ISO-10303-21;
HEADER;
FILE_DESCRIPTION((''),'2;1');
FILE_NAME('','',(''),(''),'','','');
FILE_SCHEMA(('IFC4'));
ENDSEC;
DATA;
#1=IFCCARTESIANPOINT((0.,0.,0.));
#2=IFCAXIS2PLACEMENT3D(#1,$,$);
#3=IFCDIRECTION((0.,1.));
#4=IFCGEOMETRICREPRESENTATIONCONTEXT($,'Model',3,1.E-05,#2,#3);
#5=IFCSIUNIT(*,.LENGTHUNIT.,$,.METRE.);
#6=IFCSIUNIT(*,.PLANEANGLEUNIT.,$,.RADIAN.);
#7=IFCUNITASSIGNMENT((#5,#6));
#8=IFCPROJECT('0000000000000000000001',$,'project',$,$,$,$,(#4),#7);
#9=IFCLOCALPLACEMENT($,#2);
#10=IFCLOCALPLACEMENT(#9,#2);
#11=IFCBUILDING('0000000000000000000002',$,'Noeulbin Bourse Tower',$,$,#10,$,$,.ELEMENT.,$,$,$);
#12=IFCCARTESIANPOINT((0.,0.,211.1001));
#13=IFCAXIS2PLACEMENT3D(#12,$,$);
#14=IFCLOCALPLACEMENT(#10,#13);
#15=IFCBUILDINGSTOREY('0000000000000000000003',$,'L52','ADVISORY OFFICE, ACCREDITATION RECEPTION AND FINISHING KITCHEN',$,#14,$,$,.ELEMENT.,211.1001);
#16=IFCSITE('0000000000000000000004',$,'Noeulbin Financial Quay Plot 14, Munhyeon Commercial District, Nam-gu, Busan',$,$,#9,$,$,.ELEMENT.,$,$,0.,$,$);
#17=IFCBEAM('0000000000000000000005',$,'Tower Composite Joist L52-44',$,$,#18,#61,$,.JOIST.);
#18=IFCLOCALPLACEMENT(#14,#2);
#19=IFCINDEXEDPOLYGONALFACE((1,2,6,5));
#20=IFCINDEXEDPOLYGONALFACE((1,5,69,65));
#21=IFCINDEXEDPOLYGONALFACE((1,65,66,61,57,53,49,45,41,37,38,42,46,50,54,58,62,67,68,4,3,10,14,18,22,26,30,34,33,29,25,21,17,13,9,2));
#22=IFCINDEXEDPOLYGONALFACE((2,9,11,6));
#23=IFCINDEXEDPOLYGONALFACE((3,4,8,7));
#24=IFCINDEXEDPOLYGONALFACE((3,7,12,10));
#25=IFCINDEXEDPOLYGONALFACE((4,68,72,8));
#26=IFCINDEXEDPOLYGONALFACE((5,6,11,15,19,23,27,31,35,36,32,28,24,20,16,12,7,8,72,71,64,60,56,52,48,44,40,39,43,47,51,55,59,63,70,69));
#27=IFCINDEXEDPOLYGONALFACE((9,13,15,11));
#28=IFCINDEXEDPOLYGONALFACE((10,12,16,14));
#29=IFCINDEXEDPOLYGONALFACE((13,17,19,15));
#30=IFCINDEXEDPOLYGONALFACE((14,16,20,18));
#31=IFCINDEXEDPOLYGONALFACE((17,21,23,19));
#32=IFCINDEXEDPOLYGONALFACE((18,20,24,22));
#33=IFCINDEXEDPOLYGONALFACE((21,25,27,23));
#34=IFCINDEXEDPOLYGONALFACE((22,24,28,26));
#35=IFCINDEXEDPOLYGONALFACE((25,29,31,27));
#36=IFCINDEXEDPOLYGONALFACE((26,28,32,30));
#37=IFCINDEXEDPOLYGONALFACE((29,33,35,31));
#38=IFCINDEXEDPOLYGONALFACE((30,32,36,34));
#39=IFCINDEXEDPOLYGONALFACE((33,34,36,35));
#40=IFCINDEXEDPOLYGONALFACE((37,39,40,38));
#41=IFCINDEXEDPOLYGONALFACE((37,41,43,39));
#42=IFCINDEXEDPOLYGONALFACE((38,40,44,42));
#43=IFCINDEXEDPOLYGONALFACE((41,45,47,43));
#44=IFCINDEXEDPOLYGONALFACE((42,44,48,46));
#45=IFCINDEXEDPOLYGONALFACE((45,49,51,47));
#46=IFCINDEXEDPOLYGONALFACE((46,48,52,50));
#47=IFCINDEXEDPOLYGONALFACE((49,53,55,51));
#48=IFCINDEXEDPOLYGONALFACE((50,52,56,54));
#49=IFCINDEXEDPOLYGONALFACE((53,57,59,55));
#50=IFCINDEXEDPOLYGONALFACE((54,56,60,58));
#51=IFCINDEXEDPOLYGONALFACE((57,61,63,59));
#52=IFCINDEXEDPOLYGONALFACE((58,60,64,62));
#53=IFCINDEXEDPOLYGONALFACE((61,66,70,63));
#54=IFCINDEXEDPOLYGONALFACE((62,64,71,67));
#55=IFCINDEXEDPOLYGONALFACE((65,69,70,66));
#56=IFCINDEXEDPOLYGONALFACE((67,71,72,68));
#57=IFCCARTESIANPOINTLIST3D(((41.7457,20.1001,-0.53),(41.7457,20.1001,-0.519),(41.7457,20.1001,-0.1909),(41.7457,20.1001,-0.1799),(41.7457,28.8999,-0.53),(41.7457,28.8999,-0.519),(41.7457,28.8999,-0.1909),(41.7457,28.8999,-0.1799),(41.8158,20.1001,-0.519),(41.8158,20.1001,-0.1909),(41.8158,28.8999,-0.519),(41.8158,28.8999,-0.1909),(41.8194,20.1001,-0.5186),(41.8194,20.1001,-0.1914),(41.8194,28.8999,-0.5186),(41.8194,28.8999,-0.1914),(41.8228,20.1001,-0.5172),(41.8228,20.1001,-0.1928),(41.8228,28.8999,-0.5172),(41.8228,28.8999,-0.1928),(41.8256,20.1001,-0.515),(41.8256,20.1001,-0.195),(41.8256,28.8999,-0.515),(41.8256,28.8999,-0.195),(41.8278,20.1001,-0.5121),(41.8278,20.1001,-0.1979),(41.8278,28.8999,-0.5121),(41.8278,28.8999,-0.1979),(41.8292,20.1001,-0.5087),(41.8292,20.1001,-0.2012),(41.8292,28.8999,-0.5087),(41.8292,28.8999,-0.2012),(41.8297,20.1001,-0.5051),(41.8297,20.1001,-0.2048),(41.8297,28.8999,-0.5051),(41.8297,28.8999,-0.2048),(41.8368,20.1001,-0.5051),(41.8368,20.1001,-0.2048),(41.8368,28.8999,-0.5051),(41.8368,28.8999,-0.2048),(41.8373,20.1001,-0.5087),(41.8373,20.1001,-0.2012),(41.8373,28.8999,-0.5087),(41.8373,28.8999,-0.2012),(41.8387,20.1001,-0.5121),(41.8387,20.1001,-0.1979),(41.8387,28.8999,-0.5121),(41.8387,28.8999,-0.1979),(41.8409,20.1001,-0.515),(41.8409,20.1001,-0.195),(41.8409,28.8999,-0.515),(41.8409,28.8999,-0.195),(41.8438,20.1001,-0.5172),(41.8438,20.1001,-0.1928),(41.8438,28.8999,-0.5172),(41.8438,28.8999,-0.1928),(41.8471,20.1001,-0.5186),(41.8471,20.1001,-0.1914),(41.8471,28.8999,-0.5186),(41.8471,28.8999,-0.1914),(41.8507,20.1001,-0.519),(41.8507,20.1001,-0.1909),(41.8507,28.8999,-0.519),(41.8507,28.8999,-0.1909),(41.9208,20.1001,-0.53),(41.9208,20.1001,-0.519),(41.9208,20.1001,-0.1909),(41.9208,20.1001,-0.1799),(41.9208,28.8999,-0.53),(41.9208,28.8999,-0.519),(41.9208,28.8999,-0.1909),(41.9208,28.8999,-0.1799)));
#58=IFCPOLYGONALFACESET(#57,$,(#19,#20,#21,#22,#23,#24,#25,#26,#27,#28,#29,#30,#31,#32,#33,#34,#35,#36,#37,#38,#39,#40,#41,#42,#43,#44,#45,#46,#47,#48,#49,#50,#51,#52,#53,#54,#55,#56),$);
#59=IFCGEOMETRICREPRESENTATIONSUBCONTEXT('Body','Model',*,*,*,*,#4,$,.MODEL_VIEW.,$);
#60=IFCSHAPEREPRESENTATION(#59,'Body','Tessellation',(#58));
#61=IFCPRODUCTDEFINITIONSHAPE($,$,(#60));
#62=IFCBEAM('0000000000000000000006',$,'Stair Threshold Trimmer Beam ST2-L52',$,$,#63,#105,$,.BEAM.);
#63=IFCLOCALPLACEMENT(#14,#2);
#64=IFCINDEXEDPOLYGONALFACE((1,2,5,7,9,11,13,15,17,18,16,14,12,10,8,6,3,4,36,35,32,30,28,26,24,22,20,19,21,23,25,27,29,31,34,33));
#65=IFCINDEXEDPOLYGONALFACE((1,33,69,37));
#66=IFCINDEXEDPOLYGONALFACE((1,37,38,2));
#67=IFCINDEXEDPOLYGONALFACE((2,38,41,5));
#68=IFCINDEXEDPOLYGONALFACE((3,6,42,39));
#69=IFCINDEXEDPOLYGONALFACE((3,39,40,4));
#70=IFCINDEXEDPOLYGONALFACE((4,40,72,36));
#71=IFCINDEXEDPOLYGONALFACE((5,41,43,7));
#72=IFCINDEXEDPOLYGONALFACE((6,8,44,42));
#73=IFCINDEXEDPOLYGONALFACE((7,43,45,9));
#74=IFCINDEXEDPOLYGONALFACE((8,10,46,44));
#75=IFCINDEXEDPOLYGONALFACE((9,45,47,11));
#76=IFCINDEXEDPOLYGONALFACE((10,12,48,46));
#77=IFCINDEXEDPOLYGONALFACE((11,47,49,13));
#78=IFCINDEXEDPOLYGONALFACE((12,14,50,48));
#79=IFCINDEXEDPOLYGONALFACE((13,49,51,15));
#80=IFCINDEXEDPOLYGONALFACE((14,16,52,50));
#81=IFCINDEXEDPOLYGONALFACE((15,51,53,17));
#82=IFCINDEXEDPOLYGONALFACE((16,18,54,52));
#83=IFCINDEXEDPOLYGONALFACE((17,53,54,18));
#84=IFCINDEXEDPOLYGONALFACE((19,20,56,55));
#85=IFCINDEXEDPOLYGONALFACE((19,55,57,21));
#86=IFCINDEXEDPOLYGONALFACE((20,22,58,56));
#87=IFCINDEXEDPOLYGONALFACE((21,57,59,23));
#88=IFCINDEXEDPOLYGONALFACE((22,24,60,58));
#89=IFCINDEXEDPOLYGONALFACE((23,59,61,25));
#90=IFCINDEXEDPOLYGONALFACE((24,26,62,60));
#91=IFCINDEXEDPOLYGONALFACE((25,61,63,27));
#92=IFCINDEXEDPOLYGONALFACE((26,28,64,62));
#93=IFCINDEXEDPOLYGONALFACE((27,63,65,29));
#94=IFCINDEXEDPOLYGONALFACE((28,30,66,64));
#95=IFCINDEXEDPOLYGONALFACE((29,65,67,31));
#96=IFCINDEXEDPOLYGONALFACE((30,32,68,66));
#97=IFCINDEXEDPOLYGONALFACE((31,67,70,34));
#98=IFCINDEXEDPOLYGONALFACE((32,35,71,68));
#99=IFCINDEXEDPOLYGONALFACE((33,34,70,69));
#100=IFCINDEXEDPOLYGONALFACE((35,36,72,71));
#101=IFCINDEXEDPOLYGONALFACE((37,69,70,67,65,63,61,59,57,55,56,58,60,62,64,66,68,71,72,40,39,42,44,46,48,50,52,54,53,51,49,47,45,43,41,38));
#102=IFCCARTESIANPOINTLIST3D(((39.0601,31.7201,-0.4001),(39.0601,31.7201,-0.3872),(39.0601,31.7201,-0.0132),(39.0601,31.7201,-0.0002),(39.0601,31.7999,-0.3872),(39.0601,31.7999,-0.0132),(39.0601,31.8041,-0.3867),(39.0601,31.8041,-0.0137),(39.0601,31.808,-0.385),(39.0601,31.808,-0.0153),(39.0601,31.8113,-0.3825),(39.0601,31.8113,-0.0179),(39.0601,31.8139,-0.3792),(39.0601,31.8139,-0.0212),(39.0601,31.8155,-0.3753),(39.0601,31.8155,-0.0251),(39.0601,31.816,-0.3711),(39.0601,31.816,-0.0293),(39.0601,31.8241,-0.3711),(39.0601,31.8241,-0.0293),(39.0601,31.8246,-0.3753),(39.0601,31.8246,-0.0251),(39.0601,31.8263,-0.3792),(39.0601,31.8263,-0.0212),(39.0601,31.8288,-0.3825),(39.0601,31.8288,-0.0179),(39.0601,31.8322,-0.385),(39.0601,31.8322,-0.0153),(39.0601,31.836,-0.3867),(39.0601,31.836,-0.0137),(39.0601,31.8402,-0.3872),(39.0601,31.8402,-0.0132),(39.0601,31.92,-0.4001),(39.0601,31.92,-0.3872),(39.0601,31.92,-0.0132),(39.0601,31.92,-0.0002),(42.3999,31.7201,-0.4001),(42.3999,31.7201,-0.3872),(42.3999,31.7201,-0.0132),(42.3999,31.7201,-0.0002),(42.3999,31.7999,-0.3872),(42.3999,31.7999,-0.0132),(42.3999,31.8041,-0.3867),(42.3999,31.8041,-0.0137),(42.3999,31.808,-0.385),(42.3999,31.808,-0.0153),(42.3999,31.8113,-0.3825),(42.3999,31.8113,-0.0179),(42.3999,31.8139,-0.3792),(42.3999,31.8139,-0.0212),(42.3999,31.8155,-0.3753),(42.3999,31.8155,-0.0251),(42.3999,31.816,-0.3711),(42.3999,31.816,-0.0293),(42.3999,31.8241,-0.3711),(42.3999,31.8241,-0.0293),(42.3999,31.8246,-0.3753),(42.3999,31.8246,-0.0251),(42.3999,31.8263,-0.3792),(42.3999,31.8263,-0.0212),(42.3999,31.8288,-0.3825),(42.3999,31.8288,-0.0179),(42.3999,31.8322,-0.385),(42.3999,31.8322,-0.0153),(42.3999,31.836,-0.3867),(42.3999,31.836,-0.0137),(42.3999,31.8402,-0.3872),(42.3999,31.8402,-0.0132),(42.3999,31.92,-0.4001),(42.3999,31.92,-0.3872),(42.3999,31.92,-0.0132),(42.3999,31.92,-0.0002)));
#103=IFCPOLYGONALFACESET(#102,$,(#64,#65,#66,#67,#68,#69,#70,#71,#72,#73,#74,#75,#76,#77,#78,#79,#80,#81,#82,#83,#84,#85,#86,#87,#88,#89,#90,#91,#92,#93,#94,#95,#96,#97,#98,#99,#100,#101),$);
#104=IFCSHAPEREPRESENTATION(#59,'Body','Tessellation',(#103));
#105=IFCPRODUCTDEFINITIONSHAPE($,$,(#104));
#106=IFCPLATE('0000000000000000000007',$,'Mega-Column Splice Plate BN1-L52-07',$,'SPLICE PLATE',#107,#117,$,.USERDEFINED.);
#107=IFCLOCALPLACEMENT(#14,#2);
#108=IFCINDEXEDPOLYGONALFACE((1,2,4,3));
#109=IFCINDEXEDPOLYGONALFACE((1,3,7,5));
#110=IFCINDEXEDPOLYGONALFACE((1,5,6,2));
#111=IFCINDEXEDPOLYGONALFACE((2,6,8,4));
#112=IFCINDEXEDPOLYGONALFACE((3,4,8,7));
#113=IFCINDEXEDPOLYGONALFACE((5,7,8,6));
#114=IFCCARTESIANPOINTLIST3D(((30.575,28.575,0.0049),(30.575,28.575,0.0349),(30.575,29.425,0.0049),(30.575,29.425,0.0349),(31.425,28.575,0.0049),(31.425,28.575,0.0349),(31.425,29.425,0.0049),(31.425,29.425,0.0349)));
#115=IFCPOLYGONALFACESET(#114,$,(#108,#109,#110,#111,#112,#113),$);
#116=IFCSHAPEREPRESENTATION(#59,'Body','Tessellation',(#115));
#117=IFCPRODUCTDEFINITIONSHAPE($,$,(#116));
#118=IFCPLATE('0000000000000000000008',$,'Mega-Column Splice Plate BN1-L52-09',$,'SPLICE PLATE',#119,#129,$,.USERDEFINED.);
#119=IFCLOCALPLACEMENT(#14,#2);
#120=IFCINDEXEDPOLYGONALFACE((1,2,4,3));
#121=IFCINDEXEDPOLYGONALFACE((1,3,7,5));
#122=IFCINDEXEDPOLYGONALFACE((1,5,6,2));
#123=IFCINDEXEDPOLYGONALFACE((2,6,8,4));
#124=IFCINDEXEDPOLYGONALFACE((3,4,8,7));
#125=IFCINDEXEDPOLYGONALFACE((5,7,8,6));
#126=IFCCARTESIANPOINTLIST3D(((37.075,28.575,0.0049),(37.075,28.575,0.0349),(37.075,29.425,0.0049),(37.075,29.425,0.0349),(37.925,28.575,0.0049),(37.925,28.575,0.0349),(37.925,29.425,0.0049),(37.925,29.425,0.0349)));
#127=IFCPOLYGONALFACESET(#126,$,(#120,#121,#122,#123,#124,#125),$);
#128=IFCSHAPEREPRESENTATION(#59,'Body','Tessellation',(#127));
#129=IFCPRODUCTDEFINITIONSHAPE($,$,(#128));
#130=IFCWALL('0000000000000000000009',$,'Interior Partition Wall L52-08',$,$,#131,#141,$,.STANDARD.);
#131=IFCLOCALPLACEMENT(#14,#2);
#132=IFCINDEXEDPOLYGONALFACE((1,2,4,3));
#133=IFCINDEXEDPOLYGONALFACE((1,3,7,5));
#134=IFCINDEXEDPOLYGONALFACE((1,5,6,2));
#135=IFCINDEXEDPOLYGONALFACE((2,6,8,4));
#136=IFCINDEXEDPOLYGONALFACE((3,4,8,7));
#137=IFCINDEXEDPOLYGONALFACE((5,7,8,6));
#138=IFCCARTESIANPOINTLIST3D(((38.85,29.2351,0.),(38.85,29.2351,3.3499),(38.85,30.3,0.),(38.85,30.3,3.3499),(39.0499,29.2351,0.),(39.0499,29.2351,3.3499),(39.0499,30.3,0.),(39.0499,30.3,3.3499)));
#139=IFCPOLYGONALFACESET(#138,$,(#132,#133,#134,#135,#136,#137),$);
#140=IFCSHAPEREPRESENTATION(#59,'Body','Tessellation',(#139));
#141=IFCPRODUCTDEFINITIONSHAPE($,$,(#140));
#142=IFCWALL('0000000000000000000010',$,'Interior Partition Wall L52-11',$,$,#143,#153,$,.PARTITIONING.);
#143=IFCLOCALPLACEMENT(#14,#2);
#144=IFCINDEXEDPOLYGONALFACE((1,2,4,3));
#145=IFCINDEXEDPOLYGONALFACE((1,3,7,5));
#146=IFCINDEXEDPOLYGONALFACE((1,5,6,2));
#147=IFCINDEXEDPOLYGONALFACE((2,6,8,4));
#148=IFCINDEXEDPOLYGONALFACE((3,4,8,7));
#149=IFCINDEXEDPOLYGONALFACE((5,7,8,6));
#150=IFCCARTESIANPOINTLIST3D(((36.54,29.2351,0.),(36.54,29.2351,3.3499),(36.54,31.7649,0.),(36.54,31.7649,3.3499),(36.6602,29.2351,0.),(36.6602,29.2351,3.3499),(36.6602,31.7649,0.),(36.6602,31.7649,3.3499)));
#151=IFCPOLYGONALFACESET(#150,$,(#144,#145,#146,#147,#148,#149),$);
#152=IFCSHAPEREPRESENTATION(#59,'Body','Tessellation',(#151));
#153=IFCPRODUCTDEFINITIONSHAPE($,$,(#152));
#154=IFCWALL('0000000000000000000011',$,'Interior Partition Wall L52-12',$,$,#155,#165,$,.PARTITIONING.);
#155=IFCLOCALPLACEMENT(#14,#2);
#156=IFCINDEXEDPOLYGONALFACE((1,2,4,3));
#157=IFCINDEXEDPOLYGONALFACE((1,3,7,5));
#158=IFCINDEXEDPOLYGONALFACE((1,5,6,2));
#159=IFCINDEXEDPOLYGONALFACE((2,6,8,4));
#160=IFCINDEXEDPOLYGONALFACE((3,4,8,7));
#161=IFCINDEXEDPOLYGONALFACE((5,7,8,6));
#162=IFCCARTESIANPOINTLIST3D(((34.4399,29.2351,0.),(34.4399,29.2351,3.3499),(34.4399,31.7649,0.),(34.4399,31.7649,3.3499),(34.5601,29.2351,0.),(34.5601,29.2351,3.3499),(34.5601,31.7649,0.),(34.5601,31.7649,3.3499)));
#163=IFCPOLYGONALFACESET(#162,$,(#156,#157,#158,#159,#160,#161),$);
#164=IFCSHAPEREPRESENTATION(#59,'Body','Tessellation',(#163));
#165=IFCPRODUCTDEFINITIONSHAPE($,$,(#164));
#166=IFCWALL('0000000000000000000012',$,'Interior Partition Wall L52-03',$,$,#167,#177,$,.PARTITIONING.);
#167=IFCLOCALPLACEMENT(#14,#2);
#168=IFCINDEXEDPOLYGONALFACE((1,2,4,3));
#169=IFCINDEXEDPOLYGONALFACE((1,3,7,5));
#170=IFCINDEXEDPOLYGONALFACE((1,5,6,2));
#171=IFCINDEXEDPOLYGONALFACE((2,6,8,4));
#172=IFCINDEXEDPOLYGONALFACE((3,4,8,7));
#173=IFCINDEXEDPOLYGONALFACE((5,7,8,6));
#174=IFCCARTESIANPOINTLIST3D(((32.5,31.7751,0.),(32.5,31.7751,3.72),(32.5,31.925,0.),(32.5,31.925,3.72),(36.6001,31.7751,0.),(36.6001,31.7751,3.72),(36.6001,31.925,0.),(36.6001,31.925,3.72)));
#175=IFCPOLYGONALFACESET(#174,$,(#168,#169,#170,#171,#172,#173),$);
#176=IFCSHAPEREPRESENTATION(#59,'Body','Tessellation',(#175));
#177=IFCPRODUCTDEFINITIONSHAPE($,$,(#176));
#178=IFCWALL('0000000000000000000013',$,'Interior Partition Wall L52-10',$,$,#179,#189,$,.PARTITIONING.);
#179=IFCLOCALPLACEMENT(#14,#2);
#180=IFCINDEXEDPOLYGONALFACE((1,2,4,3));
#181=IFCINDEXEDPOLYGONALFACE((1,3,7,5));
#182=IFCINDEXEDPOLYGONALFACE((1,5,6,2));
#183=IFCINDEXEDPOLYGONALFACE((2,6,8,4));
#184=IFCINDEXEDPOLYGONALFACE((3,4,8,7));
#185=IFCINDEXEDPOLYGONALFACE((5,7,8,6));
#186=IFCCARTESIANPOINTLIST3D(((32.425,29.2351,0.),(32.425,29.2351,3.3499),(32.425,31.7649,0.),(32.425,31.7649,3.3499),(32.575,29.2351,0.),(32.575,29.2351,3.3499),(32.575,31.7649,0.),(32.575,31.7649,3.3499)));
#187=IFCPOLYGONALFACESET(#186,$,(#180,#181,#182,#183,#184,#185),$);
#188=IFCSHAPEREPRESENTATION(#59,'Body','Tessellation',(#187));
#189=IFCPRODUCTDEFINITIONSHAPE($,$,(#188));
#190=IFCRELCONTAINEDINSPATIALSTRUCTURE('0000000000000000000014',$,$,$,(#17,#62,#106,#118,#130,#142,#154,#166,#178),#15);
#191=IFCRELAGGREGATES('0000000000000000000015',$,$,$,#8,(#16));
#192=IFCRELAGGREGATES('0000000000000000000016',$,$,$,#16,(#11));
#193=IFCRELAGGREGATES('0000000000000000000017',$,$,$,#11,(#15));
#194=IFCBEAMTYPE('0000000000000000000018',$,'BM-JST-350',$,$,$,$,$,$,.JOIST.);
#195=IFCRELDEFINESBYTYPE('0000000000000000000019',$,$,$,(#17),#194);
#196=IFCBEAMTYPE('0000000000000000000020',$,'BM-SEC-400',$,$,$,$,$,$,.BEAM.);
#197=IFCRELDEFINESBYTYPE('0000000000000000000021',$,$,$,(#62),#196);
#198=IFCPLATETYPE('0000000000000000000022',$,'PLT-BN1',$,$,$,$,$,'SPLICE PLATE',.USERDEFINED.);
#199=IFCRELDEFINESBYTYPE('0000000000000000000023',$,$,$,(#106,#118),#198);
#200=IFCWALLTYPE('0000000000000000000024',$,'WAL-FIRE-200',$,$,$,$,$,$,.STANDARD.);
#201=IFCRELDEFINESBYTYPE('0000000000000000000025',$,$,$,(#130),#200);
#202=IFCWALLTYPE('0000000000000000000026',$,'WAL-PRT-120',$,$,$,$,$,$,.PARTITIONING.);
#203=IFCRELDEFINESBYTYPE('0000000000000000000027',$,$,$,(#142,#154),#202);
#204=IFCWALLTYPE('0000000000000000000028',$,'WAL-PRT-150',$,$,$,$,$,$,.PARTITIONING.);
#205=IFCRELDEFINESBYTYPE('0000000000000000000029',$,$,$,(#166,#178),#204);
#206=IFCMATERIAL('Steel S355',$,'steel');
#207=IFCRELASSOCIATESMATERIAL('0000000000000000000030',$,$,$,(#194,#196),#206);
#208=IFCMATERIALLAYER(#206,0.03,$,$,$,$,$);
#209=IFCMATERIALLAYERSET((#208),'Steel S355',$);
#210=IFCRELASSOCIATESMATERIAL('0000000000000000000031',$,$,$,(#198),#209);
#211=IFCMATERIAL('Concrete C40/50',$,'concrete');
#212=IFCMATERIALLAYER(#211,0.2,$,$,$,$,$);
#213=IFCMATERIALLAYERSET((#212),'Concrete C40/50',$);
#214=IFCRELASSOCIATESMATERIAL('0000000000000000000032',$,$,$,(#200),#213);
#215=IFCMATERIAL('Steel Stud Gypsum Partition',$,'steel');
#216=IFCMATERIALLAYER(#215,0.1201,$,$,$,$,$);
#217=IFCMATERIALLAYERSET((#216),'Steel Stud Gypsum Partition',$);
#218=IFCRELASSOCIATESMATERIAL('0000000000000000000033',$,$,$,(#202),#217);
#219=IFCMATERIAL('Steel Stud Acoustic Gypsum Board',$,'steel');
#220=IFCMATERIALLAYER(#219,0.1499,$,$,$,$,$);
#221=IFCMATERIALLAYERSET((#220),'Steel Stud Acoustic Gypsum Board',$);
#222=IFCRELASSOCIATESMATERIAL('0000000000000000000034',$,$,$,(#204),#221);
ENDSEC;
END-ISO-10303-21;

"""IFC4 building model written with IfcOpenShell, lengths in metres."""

from ifc_helpers import new_model, si_unit, direction, frame, frame_2d, origin, origin_2d, place, context, subcontext, project, spatial, rectangle, i_section, extrude, material, layer, layer_set, material_profile, profile_set, type_object, element, save


model = new_model("IFC4")

# Units and contexts
model_context = context("Model", 3, precision=1e-05, world=origin(), true_north=direction((0.0, 1.0)))
body_context = subcontext(model_context, "Body", "Model", "MODEL_VIEW")
ifc_project = project(units=[si_unit("LENGTHUNIT", "METRE"), si_unit("PLANEANGLEUNIT", "RADIAN")], contexts=[model_context])

# Site, building, storey
site_placement = place(None, origin())
site = spatial("IfcSite", under=ifc_project, at=site_placement, Name="Noeulbin Financial Quay Plot 14, Munhyeon Commercial District, Nam-gu, Busan", CompositionType="ELEMENT", RefElevation=0.0)
building_placement = place(site_placement, origin())
building = spatial("IfcBuilding", under=site, at=building_placement, Name="Noeulbin Bourse Tower", CompositionType="ELEMENT")
storey_placement = place(building_placement, frame((0.0, 0.0, 211.1001)))
storey = spatial("IfcBuildingStorey", under=building, at=storey_placement, Name="L52", Description="ADVISORY OFFICE, ACCREDITATION RECEPTION AND FINISHING KITCHEN", CompositionType="ELEMENT", Elevation=211.1001)

# Shared definitions
ifc_material_1 = material(Name="Steel S355", Category="steel")

# Beams
ifc_material_profile_1 = material_profile(ifc_material_1, i_section(OverallWidth=0.175, OverallDepth=0.3501, WebThickness=0.0071, FlangeThickness=0.011, FilletRadius=0.0139, at=origin_2d()), Name="H-350x175x7x11", Category="LoadBearing")
ifc_profile_set_1 = profile_set([ifc_material_profile_1], Name="Steel S355")
beam_type_1 = type_object("IfcBeamType", Name="BM-JST-350", PredefinedType="JOIST", material=ifc_profile_set_1)
for number, where, z_axis, x_axis, name in (
    (1, (41.8333, 20.1001, -0.355), (0.0, 1.0, 0.0), (-1.0, 0.0, 0.0), "Tower Composite Joist L52-44"),
):
    element("IfcBeam", number, at=place(storey_placement, frame(where, z_axis=z_axis, x_axis=x_axis)), inside=storey, type_object=beam_type_1, Name=name, PredefinedType="JOIST", context=body_context, shape_type="SweptSolid", body=[
        extrude(i_section(OverallWidth=0.175, OverallDepth=0.3501, WebThickness=0.0071, FlangeThickness=0.011, FilletRadius=0.0139, at=origin_2d()), origin(), (0.0, 0.0, 1.0), 8.7998),
    ])
ifc_material_profile_2 = material_profile(ifc_material_1, i_section(OverallWidth=0.2, OverallDepth=0.3999, WebThickness=0.0081, FlangeThickness=0.0129, FilletRadius=0.0161, at=origin_2d()), Name="H-400x200x8x13", Category="LoadBearing")
ifc_profile_set_2 = profile_set([ifc_material_profile_2], Name="Steel S355")
beam_type_2 = type_object("IfcBeamType", Name="BM-SEC-400", PredefinedType="BEAM", material=ifc_profile_set_2)
beam_placement = place(storey_placement, frame((39.0601, 31.8201, -0.2002), z_axis=(1.0, 0.0, 0.0), x_axis=(0.0, 1.0, 0.0)))
element("IfcBeam", 2, at=beam_placement, inside=storey, type_object=beam_type_2, Name="Stair Threshold Trimmer Beam ST2-L52", PredefinedType="BEAM", context=body_context, shape_type="SweptSolid", body=[
    extrude(i_section(OverallWidth=0.2, OverallDepth=0.3999, WebThickness=0.0081, FlangeThickness=0.0129, FilletRadius=0.0161, at=origin_2d()), origin(), (0.0, 0.0, 1.0), 3.3398),
])

# Plates
ifc_layer_1 = layer(ifc_material_1, 0.03)
ifc_layer_set_1 = layer_set([ifc_layer_1], Name="Steel S355")
plate_type = type_object("IfcPlateType", Name="PLT-BN1", ElementType="SPLICE PLATE", PredefinedType="USERDEFINED", material=ifc_layer_set_1)
for number, where, z_axis, x_axis, name in (
    (3, (31.0, 29.0, 0.0049), (0.0, 0.0, 1.0), (1.0, 0.0, 0.0), "Mega-Column Splice Plate BN1-L52-07"),
    (4, (37.5, 29.0, 0.0049), (0.0, 0.0, 1.0), (1.0, 0.0, 0.0), "Mega-Column Splice Plate BN1-L52-09"),
):
    element("IfcPlate", number, at=place(storey_placement, frame(where, z_axis=z_axis, x_axis=x_axis)), inside=storey, type_object=plate_type, Name=name, ObjectType="SPLICE PLATE", PredefinedType="USERDEFINED", context=body_context, shape_type="SweptSolid", body=[
        extrude(rectangle(XDim=0.8501, YDim=0.8501, at=origin_2d()), origin(), (0.0, 0.0, 1.0), 0.03),
    ])

# Walls
ifc_material_2 = material(Name="Concrete C40/50", Category="concrete")
ifc_layer_2 = layer(ifc_material_2, 0.2)
ifc_layer_set_2 = layer_set([ifc_layer_2], Name="Concrete C40/50")
wall_type_1 = type_object("IfcWallType", Name="WAL-FIRE-200", PredefinedType="STANDARD", material=ifc_layer_set_2)
wall_1_placement = place(storey_placement, frame((38.95, 29.2351, 0.0), z_axis=(0.0, 0.0, 1.0), x_axis=(0.0, 1.0, 0.0)))
element("IfcWall", 5, at=wall_1_placement, inside=storey, type_object=wall_type_1, Name="Interior Partition Wall L52-08", PredefinedType="STANDARD", context=body_context, shape_type="SweptSolid", body=[
    extrude(rectangle(XDim=1.0649, YDim=0.2, at=frame_2d((0.5325, 0.0))), origin(), (0.0, 0.0, 1.0), 3.3499),
])
ifc_material_3 = material(Name="Steel Stud Gypsum Partition", Category="steel")
ifc_layer_3 = layer(ifc_material_3, 0.1201)
ifc_layer_set_3 = layer_set([ifc_layer_3], Name="Steel Stud Gypsum Partition")
wall_type_2 = type_object("IfcWallType", Name="WAL-PRT-120", PredefinedType="PARTITIONING", material=ifc_layer_set_3)
for number, where, z_axis, x_axis, name in (
    (6, (36.6001, 29.2351, 0.0), (0.0, 0.0, 1.0), (0.0, 1.0, 0.0), "Interior Partition Wall L52-11"),
    (7, (34.5, 29.2351, 0.0), (0.0, 0.0, 1.0), (0.0, 1.0, 0.0), "Interior Partition Wall L52-12"),
):
    element("IfcWall", number, at=place(storey_placement, frame(where, z_axis=z_axis, x_axis=x_axis)), inside=storey, type_object=wall_type_2, Name=name, PredefinedType="PARTITIONING", context=body_context, shape_type="SweptSolid", body=[
        extrude(rectangle(XDim=2.5298, YDim=0.1201, at=frame_2d((1.2649, 0.0))), origin(), (0.0, 0.0, 1.0), 3.3499),
    ])
ifc_material_4 = material(Name="Steel Stud Acoustic Gypsum Board", Category="steel")
ifc_layer_4 = layer(ifc_material_4, 0.1499)
ifc_layer_set_4 = layer_set([ifc_layer_4], Name="Steel Stud Acoustic Gypsum Board")
wall_type_3 = type_object("IfcWallType", Name="WAL-PRT-150", PredefinedType="PARTITIONING", material=ifc_layer_set_4)
wall_2_placement = place(storey_placement, frame((32.5, 31.8501, 0.0), z_axis=(0.0, 0.0, 1.0), x_axis=(1.0, 0.0, 0.0)))
element("IfcWall", 8, at=wall_2_placement, inside=storey, type_object=wall_type_3, Name="Interior Partition Wall L52-03", PredefinedType="PARTITIONING", context=body_context, shape_type="SweptSolid", body=[
    extrude(rectangle(XDim=4.1001, YDim=0.1499, at=frame_2d((2.05, 0.0))), origin(), (0.0, 0.0, 1.0), 3.72),
])
wall_3_placement = place(storey_placement, frame((32.5, 29.2351, 0.0), z_axis=(0.0, 0.0, 1.0), x_axis=(0.0, 1.0, 0.0)))
element("IfcWall", 9, at=wall_3_placement, inside=storey, type_object=wall_type_3, Name="Interior Partition Wall L52-10", PredefinedType="PARTITIONING", context=body_context, shape_type="SweptSolid", body=[
    extrude(rectangle(XDim=2.5298, YDim=0.1499, at=frame_2d((1.2649, 0.0))), origin(), (0.0, 0.0, 1.0), 3.3499),
])

save(model, "model.ifc")
